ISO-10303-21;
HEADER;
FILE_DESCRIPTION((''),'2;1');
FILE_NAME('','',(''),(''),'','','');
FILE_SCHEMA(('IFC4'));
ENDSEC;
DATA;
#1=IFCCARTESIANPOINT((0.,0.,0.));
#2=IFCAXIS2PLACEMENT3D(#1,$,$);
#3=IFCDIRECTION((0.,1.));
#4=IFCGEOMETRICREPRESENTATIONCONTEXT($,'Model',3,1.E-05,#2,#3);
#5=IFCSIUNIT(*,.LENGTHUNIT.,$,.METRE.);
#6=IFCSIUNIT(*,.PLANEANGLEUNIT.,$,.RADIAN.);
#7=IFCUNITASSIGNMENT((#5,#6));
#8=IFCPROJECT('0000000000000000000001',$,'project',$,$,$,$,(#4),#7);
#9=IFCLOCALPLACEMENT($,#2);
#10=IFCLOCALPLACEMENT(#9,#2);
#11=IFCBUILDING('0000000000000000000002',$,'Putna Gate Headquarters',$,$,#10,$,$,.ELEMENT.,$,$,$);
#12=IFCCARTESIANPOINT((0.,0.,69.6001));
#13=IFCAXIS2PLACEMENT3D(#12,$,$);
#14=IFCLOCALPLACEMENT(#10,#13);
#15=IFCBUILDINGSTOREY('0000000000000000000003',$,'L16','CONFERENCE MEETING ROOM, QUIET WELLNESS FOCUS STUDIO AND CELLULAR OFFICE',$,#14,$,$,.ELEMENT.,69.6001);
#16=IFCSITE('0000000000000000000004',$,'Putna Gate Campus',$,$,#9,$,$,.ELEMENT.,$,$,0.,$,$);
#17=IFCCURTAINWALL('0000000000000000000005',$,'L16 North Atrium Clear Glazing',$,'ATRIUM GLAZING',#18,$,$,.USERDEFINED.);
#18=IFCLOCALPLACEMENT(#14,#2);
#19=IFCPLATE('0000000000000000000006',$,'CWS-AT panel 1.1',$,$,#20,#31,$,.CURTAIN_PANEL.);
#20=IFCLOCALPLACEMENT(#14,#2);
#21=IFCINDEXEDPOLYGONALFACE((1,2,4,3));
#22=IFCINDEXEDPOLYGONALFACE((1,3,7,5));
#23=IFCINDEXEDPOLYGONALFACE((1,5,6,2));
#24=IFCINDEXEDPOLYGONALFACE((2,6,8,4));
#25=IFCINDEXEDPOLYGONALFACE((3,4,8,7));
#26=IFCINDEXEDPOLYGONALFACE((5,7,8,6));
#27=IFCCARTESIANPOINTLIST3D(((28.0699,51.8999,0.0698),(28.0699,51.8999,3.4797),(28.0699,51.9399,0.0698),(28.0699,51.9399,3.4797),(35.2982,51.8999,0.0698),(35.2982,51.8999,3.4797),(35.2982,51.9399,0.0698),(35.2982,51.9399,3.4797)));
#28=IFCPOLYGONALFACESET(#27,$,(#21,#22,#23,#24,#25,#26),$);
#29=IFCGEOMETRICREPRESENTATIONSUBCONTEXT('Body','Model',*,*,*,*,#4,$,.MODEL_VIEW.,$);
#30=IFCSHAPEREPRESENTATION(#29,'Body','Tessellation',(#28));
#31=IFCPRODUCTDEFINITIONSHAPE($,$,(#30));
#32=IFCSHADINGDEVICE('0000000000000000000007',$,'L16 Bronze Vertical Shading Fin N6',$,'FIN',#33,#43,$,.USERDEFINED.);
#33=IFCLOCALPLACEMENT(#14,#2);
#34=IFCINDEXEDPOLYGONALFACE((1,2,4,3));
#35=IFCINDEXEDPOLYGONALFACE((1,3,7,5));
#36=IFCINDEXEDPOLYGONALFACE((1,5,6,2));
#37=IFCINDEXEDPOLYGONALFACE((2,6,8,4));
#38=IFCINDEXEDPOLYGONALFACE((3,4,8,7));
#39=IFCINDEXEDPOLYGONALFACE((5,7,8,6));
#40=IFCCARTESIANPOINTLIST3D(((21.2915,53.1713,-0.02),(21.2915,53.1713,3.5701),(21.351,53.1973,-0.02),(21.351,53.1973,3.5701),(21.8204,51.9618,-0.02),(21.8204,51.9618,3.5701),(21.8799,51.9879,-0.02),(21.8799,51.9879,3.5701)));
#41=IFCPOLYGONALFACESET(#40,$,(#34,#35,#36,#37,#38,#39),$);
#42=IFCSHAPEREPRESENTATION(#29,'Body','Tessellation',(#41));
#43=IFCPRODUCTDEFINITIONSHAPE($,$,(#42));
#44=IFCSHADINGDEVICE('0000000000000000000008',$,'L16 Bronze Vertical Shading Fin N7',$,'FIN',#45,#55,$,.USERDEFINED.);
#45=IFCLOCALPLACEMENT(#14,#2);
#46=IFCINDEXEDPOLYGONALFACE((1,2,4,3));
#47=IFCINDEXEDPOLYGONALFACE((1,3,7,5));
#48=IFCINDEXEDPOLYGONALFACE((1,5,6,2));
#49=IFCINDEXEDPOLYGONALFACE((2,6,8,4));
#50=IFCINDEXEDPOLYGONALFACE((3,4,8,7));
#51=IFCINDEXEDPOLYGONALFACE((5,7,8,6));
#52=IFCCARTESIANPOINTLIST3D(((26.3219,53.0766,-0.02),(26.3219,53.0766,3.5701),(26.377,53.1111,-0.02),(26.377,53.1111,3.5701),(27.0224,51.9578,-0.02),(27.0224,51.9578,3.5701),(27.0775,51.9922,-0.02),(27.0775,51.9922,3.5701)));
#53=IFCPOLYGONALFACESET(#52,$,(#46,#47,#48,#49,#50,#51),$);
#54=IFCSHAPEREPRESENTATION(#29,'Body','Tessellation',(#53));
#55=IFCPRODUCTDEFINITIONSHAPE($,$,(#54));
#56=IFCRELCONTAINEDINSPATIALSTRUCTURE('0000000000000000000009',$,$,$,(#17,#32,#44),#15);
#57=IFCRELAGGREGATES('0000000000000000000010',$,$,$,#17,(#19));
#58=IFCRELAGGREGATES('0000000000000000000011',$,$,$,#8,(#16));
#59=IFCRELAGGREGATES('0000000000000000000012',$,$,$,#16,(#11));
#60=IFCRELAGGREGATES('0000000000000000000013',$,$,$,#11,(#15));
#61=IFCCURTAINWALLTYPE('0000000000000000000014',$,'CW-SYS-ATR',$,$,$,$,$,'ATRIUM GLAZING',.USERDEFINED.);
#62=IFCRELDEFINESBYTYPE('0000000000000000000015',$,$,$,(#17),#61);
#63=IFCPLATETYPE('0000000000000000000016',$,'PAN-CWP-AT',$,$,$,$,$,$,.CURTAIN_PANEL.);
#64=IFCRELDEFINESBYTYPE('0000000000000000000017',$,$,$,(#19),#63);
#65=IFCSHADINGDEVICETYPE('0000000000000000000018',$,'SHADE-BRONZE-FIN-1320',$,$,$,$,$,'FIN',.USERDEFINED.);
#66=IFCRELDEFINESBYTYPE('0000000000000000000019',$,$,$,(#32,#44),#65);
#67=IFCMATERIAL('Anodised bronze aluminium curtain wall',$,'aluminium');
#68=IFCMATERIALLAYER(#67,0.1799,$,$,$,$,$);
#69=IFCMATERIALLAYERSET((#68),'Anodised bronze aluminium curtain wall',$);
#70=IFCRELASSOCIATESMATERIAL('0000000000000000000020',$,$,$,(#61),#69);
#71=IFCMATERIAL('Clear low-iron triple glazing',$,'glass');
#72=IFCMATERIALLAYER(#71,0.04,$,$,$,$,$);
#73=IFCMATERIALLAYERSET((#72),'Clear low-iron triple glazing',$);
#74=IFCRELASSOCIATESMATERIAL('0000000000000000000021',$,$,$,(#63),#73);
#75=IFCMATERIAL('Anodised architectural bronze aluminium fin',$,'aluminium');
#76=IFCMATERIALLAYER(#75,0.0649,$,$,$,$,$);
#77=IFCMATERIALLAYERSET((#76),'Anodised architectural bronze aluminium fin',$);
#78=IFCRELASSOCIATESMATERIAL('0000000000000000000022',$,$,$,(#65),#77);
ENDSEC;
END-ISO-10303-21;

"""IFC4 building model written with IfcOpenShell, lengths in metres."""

from ifc_helpers import new_model, si_unit, direction, frame, origin, origin_2d, place, context, subcontext, project, spatial, rectangle, extrude, material, layer, layer_set, type_object, element, aggregate, save


model = new_model("IFC4")

# Units and contexts
model_context = context("Model", 3, precision=1e-05, world=origin(), true_north=direction((0.0, 1.0)))
body_context = subcontext(model_context, "Body", "Model", "MODEL_VIEW")
ifc_project = project(units=[si_unit("LENGTHUNIT", "METRE"), si_unit("PLANEANGLEUNIT", "RADIAN")], contexts=[model_context])

# Site, building, storey
site_placement = place(None, origin())
site = spatial("IfcSite", under=ifc_project, at=site_placement, Name="Putna Gate Campus", CompositionType="ELEMENT", RefElevation=0.0)
building_placement = place(site_placement, origin())
building = spatial("IfcBuilding", under=site, at=building_placement, Name="Putna Gate Headquarters", CompositionType="ELEMENT")
storey_placement = place(building_placement, frame((0.0, 0.0, 69.6001)))
storey = spatial("IfcBuildingStorey", under=building, at=storey_placement, Name="L16", Description="CONFERENCE MEETING ROOM, QUIET WELLNESS FOCUS STUDIO AND CELLULAR OFFICE", CompositionType="ELEMENT", Elevation=69.6001)

# Curtain wall
ifc_material_1 = material(Name="Anodised bronze aluminium curtain wall", Category="aluminium")
ifc_layer_1 = layer(ifc_material_1, 0.1799)
ifc_layer_set_1 = layer_set([ifc_layer_1], Name="Anodised bronze aluminium curtain wall")
curtain_wall_type_1 = type_object("IfcCurtainWallType", Name="CW-SYS-ATR", ElementType="ATRIUM GLAZING", PredefinedType="USERDEFINED", material=ifc_layer_set_1)
curtain_wall_1_placement = place(storey_placement, origin())
curtain_wall_1 = element("IfcCurtainWall", 1, at=curtain_wall_1_placement, inside=storey, type_object=curtain_wall_type_1, Name="L16 North Atrium Clear Glazing", ObjectType="ATRIUM GLAZING", PredefinedType="USERDEFINED")

# Plate
ifc_material_2 = material(Name="Clear low-iron triple glazing", Category="glass")
ifc_layer_2 = layer(ifc_material_2, 0.04)
ifc_layer_set_2 = layer_set([ifc_layer_2], Name="Clear low-iron triple glazing")
plate_type_1 = type_object("IfcPlateType", Name="PAN-CWP-AT", PredefinedType="CURTAIN_PANEL", material=ifc_layer_set_2)
plate_1_placement = place(storey_placement, frame((31.6841, 51.9199, 0.0698), z_axis=(0.0, 0.0, 1.0), x_axis=(1.0, 0.0, 0.0)))
plate_1 = element("IfcPlate", 2, at=plate_1_placement, type_object=plate_type_1, Name="CWS-AT panel 1.1", PredefinedType="CURTAIN_PANEL", context=body_context, shape_type="SweptSolid", body=[
    extrude(rectangle(XDim=7.2283, YDim=0.04, at=origin_2d()), origin(), (0.0, 0.0, 1.0), 3.4099),
])
aggregate(curtain_wall_1, [plate_1])

# Shading devices
ifc_material_3 = material(Name="Anodised architectural bronze aluminium fin", Category="aluminium")
ifc_layer_3 = layer(ifc_material_3, 0.0649)
ifc_layer_set_3 = layer_set([ifc_layer_3], Name="Anodised architectural bronze aluminium fin")
shading_device_type = type_object("IfcShadingDeviceType", Name="SHADE-BRONZE-FIN-1320", ElementType="FIN", PredefinedType="USERDEFINED", material=ifc_layer_set_3)
for number, where, z_axis, x_axis, name in (
    (3, (21.5857, 52.5796, -0.02), (0.0, 0.0, 1.0), (-0.400669, 0.916223, 0.0), "L16 Bronze Vertical Shading Fin N6"),
    (4, (26.6997, 52.5344, -0.02), (0.0, 0.0, 1.0), (-0.530659, 0.847585, 0.0), "L16 Bronze Vertical Shading Fin N7"),
):
    element("IfcShadingDevice", number, at=place(storey_placement, frame(where, z_axis=z_axis, x_axis=x_axis)), inside=storey, type_object=shading_device_type, Name=name, ObjectType="FIN", PredefinedType="USERDEFINED", context=body_context, shape_type="SweptSolid", body=[
        extrude(rectangle(XDim=1.3201, YDim=0.0649, at=origin_2d()), origin(), (0.0, 0.0, 1.0), 3.5901),
    ])

save(model, "model.ifc")
